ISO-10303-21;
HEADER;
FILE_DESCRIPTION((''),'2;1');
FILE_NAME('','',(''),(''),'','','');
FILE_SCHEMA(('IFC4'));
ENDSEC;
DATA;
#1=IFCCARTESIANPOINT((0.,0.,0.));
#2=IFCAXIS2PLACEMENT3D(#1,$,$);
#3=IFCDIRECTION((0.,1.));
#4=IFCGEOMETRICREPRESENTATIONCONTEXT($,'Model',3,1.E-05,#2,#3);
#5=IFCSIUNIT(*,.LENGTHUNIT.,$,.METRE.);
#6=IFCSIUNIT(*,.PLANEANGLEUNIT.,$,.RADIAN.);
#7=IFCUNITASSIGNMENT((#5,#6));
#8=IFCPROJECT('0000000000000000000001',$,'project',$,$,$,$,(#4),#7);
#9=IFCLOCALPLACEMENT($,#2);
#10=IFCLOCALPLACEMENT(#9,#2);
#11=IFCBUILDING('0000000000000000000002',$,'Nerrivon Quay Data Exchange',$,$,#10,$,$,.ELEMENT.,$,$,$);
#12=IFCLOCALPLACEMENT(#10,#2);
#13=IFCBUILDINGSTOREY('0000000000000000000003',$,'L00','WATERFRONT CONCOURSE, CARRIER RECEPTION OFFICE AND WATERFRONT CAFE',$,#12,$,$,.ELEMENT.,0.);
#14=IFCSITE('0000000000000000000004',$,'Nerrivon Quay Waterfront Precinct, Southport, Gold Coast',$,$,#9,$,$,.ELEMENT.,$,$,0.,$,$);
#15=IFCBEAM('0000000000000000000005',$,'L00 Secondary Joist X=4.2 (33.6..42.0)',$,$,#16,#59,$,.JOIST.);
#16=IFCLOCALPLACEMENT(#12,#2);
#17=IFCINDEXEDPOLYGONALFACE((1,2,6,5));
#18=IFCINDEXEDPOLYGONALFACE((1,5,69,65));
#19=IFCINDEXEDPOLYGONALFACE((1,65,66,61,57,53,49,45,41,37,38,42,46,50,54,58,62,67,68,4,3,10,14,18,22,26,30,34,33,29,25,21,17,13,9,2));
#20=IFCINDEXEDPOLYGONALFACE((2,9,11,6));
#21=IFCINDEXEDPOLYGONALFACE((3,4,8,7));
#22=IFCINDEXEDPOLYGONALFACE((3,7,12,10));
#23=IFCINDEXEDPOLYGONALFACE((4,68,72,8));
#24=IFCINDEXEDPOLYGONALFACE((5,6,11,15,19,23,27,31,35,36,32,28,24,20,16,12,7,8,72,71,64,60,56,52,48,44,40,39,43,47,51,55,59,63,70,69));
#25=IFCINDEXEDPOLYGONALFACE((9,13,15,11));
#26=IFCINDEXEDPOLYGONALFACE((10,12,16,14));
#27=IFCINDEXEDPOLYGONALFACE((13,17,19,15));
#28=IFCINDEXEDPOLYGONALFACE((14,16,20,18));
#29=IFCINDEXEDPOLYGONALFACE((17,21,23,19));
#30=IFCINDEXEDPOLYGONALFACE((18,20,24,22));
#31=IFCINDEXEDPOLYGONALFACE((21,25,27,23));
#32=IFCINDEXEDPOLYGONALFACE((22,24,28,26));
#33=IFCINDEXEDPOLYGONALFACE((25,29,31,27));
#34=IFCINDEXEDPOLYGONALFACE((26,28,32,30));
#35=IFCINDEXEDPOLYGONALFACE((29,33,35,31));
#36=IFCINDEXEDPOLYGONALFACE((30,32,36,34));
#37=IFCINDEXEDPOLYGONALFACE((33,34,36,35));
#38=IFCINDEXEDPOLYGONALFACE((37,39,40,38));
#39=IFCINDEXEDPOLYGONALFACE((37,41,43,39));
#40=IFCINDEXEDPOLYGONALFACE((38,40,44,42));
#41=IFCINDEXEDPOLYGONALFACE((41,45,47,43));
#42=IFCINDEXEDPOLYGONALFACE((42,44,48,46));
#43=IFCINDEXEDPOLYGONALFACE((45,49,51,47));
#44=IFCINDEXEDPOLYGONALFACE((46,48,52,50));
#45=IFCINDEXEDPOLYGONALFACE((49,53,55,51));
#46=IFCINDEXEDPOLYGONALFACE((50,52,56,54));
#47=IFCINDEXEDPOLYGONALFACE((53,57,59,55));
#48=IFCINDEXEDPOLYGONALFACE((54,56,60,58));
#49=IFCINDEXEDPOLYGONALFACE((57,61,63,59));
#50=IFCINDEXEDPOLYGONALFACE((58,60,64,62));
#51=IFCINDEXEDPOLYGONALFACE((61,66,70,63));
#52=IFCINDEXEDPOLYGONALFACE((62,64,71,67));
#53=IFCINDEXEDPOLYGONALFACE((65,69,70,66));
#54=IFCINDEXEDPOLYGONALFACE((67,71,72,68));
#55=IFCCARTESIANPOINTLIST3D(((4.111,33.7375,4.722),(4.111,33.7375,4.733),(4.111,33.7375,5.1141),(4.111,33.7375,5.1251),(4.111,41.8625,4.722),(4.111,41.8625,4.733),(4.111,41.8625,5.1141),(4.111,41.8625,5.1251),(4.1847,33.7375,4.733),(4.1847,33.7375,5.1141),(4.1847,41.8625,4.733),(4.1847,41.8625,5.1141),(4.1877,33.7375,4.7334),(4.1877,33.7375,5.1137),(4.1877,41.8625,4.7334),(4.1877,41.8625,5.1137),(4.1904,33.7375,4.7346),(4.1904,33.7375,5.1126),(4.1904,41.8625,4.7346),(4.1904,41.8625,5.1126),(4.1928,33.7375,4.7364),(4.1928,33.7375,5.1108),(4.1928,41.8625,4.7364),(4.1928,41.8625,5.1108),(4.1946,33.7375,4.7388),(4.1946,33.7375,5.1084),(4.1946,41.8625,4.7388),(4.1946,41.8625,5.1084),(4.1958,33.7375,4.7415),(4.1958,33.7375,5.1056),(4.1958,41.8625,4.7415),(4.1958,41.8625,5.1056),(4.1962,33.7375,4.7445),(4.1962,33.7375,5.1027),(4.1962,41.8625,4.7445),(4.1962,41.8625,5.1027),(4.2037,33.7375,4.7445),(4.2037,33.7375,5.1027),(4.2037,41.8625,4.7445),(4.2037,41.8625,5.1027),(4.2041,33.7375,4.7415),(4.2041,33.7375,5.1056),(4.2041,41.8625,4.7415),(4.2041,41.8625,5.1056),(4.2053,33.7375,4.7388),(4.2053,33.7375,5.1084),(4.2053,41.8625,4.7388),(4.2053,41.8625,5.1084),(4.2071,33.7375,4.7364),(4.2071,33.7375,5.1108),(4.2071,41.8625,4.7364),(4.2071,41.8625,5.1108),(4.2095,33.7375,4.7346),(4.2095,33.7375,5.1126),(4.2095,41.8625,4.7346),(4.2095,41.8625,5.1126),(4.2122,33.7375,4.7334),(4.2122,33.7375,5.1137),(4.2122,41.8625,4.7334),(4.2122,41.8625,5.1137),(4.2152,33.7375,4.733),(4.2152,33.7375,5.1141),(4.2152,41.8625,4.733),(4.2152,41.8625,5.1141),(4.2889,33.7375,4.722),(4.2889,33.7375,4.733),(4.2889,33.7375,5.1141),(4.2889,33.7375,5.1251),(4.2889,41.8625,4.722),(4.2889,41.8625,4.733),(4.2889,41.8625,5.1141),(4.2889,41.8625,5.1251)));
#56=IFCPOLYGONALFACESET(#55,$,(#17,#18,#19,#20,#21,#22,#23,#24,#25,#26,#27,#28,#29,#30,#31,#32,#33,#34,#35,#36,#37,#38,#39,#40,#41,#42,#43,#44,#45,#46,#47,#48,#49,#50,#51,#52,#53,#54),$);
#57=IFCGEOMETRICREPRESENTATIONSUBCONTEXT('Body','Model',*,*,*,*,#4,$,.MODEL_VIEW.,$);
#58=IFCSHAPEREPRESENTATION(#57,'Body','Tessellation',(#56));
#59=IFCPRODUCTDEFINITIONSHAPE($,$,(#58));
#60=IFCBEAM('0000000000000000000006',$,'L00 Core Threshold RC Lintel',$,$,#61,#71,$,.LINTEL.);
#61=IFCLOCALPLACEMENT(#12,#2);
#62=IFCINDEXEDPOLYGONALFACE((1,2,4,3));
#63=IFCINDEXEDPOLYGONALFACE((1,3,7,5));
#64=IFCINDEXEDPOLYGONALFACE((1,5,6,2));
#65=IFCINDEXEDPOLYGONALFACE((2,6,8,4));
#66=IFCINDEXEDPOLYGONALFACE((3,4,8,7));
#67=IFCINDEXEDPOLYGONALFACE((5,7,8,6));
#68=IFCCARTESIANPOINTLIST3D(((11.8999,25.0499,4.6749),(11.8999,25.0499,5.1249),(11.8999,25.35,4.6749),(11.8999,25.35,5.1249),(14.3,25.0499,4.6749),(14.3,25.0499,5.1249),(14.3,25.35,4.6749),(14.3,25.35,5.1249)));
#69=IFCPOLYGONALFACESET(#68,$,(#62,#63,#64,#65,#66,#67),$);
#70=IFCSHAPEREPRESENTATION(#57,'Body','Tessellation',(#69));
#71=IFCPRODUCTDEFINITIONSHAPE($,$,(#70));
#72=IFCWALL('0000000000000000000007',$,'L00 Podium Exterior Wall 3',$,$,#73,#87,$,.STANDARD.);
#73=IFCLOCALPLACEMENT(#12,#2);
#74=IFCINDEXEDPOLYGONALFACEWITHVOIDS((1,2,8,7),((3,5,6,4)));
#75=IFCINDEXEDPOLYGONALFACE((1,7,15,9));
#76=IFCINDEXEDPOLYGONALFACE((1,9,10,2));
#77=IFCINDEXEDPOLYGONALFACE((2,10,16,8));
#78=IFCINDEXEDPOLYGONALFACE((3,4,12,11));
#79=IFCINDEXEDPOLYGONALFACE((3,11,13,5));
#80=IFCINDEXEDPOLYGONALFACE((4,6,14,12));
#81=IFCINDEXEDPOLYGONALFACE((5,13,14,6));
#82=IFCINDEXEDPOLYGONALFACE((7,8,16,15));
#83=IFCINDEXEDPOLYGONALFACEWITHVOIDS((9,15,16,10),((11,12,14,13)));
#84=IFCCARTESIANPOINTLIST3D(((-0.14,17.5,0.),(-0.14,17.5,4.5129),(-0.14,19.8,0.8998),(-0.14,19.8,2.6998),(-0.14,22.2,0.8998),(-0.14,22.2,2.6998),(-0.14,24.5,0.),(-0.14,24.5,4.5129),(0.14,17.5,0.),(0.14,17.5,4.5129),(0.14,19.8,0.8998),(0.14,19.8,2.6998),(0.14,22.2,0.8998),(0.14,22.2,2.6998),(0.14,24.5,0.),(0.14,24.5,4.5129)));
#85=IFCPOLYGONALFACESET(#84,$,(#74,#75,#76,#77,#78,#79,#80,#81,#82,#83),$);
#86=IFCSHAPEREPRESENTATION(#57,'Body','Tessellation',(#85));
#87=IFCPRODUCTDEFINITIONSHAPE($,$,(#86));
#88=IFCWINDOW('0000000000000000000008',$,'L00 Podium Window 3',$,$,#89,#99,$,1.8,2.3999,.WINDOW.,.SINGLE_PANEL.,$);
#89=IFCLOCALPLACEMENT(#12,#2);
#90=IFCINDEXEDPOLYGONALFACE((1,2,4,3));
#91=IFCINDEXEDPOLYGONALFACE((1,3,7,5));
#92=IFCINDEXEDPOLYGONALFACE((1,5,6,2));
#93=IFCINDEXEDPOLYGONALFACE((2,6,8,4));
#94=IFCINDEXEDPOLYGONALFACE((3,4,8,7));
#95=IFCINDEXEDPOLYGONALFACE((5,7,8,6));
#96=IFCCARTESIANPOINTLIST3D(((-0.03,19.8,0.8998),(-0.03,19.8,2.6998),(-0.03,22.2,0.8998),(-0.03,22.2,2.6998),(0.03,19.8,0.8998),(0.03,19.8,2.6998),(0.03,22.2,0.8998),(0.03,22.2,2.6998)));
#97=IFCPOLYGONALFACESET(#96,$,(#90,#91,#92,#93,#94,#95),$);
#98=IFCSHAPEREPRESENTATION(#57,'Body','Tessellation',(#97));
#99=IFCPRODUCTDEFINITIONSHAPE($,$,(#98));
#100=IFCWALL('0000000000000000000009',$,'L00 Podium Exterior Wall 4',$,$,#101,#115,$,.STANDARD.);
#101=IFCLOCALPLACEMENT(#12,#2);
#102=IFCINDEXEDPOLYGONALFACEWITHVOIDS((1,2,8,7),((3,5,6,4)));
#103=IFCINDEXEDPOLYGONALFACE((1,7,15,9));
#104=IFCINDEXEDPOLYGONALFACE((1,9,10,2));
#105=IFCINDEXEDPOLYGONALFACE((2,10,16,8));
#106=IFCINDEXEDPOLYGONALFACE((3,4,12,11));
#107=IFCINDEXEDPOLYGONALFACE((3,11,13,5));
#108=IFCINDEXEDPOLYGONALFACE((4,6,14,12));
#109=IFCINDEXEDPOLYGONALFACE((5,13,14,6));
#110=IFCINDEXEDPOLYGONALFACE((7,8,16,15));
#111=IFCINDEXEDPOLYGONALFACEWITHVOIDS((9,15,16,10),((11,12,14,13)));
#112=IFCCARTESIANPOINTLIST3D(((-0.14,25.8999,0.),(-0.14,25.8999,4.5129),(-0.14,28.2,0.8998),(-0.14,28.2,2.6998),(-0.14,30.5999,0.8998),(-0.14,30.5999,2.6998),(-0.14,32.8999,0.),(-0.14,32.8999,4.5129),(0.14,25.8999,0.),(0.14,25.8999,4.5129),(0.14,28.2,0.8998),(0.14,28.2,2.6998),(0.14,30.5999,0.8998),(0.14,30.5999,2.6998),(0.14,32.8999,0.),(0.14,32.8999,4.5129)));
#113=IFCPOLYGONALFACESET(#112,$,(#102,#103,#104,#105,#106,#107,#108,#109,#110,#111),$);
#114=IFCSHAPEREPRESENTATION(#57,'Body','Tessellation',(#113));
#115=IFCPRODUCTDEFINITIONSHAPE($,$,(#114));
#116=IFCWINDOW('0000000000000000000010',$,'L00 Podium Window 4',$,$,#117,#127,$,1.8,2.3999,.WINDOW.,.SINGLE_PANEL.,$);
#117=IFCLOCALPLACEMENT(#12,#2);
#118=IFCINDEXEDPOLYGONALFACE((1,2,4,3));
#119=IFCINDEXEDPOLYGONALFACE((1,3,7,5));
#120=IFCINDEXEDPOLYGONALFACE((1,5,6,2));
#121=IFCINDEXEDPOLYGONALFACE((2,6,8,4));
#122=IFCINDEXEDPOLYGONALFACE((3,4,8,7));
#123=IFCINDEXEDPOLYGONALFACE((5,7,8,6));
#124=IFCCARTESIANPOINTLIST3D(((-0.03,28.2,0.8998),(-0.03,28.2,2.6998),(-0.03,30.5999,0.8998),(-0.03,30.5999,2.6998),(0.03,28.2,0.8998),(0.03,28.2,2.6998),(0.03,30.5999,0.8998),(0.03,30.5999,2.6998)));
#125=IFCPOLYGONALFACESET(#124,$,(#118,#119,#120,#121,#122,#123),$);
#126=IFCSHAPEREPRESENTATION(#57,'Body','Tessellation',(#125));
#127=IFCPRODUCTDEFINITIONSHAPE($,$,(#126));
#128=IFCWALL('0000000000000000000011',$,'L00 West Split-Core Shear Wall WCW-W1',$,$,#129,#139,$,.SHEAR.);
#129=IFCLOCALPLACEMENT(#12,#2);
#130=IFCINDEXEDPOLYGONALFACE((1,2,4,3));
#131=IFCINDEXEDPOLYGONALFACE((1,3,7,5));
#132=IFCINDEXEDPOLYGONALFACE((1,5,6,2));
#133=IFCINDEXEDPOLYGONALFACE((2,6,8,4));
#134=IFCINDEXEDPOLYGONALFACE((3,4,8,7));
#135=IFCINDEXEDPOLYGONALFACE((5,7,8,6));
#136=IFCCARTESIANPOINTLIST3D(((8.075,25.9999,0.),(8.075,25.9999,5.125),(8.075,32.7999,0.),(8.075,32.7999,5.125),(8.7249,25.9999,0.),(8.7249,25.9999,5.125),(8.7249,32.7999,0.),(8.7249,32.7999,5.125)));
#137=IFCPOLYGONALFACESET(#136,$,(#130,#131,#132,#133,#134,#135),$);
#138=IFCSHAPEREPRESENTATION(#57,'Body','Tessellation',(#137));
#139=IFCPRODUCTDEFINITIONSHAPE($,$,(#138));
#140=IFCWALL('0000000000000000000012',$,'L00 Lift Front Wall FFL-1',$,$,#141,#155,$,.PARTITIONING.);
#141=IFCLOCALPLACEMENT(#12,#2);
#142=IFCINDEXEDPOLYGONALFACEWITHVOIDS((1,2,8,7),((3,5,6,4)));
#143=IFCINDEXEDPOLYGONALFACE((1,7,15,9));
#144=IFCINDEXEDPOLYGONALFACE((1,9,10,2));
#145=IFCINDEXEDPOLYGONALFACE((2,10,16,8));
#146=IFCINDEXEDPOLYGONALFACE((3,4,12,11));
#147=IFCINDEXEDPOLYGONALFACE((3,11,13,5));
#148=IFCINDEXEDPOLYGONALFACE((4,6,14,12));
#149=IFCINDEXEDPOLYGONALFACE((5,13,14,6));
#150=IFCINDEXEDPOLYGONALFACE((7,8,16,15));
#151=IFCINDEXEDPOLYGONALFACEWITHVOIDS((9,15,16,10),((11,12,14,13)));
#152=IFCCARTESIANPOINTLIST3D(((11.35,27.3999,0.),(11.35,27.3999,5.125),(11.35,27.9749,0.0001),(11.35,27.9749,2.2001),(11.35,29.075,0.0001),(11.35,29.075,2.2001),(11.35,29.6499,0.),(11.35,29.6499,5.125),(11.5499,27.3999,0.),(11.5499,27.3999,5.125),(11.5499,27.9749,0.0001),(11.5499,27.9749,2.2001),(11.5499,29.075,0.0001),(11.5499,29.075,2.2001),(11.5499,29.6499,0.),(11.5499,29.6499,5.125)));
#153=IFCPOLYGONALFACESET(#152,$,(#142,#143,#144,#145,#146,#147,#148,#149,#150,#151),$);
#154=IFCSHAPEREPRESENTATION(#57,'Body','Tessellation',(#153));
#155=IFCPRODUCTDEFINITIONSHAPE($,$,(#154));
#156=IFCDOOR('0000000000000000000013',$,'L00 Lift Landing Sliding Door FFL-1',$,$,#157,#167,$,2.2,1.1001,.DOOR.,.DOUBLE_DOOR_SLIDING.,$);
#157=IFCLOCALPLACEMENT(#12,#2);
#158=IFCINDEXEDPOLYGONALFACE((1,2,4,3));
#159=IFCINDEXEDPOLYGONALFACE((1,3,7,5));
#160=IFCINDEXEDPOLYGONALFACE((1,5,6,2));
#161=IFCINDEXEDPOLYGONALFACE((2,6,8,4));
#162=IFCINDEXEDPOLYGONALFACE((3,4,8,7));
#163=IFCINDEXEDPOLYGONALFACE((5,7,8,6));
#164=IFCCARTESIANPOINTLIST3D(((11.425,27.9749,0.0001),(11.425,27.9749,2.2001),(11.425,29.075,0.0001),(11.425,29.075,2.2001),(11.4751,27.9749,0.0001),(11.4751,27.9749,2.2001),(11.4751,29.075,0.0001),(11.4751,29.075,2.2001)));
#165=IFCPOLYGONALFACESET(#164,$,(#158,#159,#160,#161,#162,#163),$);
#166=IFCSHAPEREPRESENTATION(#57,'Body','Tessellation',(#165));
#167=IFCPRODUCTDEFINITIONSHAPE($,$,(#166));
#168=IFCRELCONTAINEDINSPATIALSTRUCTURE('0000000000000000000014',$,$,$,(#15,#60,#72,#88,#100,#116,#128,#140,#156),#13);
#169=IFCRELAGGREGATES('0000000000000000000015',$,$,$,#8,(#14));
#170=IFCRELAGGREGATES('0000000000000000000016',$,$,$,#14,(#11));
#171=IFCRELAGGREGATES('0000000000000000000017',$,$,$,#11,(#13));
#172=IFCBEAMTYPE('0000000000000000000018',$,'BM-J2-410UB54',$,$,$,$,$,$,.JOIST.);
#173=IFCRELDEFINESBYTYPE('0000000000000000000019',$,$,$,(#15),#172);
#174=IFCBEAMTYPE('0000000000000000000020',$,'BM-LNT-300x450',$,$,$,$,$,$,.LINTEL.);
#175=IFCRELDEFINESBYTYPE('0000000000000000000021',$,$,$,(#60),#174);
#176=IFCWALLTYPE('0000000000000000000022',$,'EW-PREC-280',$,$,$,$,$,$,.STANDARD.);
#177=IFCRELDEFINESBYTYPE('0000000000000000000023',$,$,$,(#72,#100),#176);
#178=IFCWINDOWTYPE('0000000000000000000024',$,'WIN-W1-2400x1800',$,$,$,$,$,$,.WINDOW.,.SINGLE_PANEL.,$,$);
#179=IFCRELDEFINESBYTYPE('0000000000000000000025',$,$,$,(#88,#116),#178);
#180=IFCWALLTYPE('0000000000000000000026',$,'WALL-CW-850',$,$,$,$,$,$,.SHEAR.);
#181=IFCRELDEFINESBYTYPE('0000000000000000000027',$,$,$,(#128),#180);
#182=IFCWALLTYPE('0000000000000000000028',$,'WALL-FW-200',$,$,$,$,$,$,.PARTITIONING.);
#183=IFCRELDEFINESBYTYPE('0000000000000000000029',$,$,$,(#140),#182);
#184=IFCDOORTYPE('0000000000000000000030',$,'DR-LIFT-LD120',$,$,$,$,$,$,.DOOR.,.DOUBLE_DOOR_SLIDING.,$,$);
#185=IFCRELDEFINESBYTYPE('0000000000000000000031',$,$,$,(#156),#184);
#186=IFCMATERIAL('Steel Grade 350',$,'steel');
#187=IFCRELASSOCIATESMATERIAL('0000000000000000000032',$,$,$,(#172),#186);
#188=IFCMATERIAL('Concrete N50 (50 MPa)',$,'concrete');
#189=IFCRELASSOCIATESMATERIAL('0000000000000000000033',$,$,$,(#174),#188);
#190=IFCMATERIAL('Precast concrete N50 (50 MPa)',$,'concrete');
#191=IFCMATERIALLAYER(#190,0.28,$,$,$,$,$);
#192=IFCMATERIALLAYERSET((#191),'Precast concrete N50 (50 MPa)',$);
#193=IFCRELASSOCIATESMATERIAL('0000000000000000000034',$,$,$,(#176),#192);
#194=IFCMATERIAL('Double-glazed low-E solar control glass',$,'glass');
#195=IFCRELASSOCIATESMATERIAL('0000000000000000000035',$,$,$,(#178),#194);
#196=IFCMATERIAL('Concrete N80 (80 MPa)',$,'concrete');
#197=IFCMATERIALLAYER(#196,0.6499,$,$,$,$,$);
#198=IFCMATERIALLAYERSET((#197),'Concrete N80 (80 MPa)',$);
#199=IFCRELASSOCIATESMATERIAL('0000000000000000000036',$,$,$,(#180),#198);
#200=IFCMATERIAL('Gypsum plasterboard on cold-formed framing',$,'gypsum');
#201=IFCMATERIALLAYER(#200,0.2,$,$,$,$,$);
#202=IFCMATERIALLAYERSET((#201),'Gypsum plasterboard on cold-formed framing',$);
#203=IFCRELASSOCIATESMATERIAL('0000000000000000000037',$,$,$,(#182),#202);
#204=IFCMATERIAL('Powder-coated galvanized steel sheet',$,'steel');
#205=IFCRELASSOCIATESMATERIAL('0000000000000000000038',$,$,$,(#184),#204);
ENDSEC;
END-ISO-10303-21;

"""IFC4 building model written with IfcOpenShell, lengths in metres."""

from ifc_helpers import new_model, si_unit, direction, frame, frame_2d, origin, origin_2d, place, context, subcontext, project, spatial, rectangle, i_section, extrude, material, layer, layer_set, material_profile, profile_set, type_object, element, fill, save


model = new_model("IFC4")

# Units and contexts
model_context = context("Model", 3, precision=1e-05, world=origin(), true_north=direction((0.0, 1.0)))
body_context = subcontext(model_context, "Body", "Model", "MODEL_VIEW")
ifc_project = project(units=[si_unit("LENGTHUNIT", "METRE"), si_unit("PLANEANGLEUNIT", "RADIAN")], contexts=[model_context])

# Site, building, storey
site_placement = place(None, origin())
site = spatial("IfcSite", under=ifc_project, at=site_placement, Name="Nerrivon Quay Waterfront Precinct, Southport, Gold Coast", CompositionType="ELEMENT", RefElevation=0.0)
building_placement = place(site_placement, origin())
building = spatial("IfcBuilding", under=site, at=building_placement, Name="Nerrivon Quay Data Exchange", CompositionType="ELEMENT")
storey_placement = place(building_placement, origin())
storey = spatial("IfcBuildingStorey", under=building, at=storey_placement, Name="L00", Description="WATERFRONT CONCOURSE, CARRIER RECEPTION OFFICE AND WATERFRONT CAFE", CompositionType="ELEMENT", Elevation=0.0)

# Shared definitions
ifc_material_1 = material(Name="Concrete N80 (80 MPa)", Category="concrete")

# Beams
ifc_material_2 = material(Name="Steel Grade 350", Category="steel")
ifc_material_profile_1 = material_profile(ifc_material_2, i_section(OverallWidth=0.178, OverallDepth=0.4031, WebThickness=0.0076, FlangeThickness=0.011, FilletRadius=0.0115, at=origin_2d()), Name="410UB53.7")
ifc_profile_set_1 = profile_set([ifc_material_profile_1], Name="Steel Grade 350")
beam_type_1 = type_object("IfcBeamType", Name="BM-J2-410UB54", PredefinedType="JOIST", material=ifc_profile_set_1)
for number, where, z_axis, x_axis, name in (
    (1, (4.2, 33.7375, 4.9236), (0.0, 1.0, 0.0), (-1.0, 0.0, 0.0), "L00 Secondary Joist X=4.2 (33.6..42.0)"),
):
    element("IfcBeam", number, at=place(storey_placement, frame(where, z_axis=z_axis, x_axis=x_axis)), inside=storey, type_object=beam_type_1, Name=name, PredefinedType="JOIST", context=body_context, shape_type="SweptSolid", body=[
        extrude(i_section(OverallWidth=0.178, OverallDepth=0.4031, WebThickness=0.0076, FlangeThickness=0.011, FilletRadius=0.0115, at=origin_2d()), origin(), (0.0, 0.0, 1.0), 8.125),
    ])
ifc_material_3 = material(Name="Concrete N50 (50 MPa)", Category="concrete")
ifc_material_profile_2 = material_profile(ifc_material_3, rectangle(XDim=0.3, YDim=0.45, at=origin_2d()), Name="RC-LNT-300x450")
ifc_profile_set_2 = profile_set([ifc_material_profile_2], Name="Concrete N50 (50 MPa)")
beam_type_2 = type_object("IfcBeamType", Name="BM-LNT-300x450", PredefinedType="LINTEL", material=ifc_profile_set_2)
beam_1_placement = place(storey_placement, frame((11.8999, 25.2, 4.8999), z_axis=(1.0, 0.0, 0.0), x_axis=(0.0, 1.0, 0.0)))
element("IfcBeam", 2, at=beam_1_placement, inside=storey, type_object=beam_type_2, Name="L00 Core Threshold RC Lintel", PredefinedType="LINTEL", context=body_context, shape_type="SweptSolid", body=[
    extrude(rectangle(XDim=0.3, YDim=0.45, at=origin_2d()), origin(), (0.0, 0.0, 1.0), 2.4001),
])

# Walls, openings, windows
ifc_material_4 = material(Name="Precast concrete N50 (50 MPa)", Category="concrete")
ifc_layer_1 = layer(ifc_material_4, 0.28)
ifc_layer_set_1 = layer_set([ifc_layer_1], Name="Precast concrete N50 (50 MPa)")
wall_type_1 = type_object("IfcWallType", Name="EW-PREC-280", PredefinedType="STANDARD", material=ifc_layer_set_1)
wall_1_placement = place(storey_placement, frame((0.0, 17.5, 0.0), z_axis=(0.0, 0.0, 1.0), x_axis=(0.0, 1.0, 0.0)))
wall_1 = element("IfcWall", 3, at=wall_1_placement, inside=storey, type_object=wall_type_1, Name="L00 Podium Exterior Wall 3", PredefinedType="STANDARD", context=body_context, shape_type="SweptSolid", body=[
    extrude(rectangle(XDim=7.0, YDim=0.28, at=frame_2d((3.5, 0.0))), origin(), (0.0, 0.0, 1.0), 4.5129),
])
opening_1_placement = place(wall_1_placement, frame((2.3, 0.0, 0.8999)))
opening_1 = element("IfcOpeningElement", 4, at=opening_1_placement, cuts=wall_1, PredefinedType="OPENING", context=body_context, shape_type="SweptSolid", body=[
    extrude(rectangle(XDim=2.3999, YDim=1.8, at=frame_2d((1.2, 0.8999))), frame((0.0, 0.1499, 0.0), z_axis=(0.0, -1.0, 0.0), x_axis=(1.0, 0.0, 0.0)), (0.0, 0.0, 1.0), 0.3),
])
ifc_material_5 = material(Name="Double-glazed low-E solar control glass", Category="glass")
window_type = type_object("IfcWindowType", Name="WIN-W1-2400x1800", PartitioningType="SINGLE_PANEL", PredefinedType="WINDOW", material=ifc_material_5)
window_1_placement = place(opening_1_placement, origin())
window_1 = element("IfcWindow", 5, at=window_1_placement, inside=storey, type_object=window_type, Name="L00 Podium Window 3", OverallHeight=1.8, OverallWidth=2.3999, PartitioningType="SINGLE_PANEL", PredefinedType="WINDOW", context=body_context, shape_type="SweptSolid", body=[
    extrude(rectangle(XDim=2.3999, YDim=1.8, at=frame_2d((1.2, 0.8999))), frame((0.0, 0.03, 0.0), z_axis=(0.0, -1.0, 0.0), x_axis=(1.0, 0.0, 0.0)), (0.0, 0.0, 1.0), 0.0601),
])
fill(opening_1, window_1)
wall_2_placement = place(storey_placement, frame((0.0, 25.8999, 0.0), z_axis=(0.0, 0.0, 1.0), x_axis=(0.0, 1.0, 0.0)))
wall_2 = element("IfcWall", 6, at=wall_2_placement, inside=storey, type_object=wall_type_1, Name="L00 Podium Exterior Wall 4", PredefinedType="STANDARD", context=body_context, shape_type="SweptSolid", body=[
    extrude(rectangle(XDim=7.0, YDim=0.28, at=frame_2d((3.5, 0.0))), origin(), (0.0, 0.0, 1.0), 4.5129),
])
opening_2_placement = place(wall_2_placement, frame((2.3, 0.0, 0.8999)))
opening_2 = element("IfcOpeningElement", 7, at=opening_2_placement, cuts=wall_2, PredefinedType="OPENING", context=body_context, shape_type="SweptSolid", body=[
    extrude(rectangle(XDim=2.3999, YDim=1.8, at=frame_2d((1.2, 0.8999))), frame((0.0, 0.1499, 0.0), z_axis=(0.0, -1.0, 0.0), x_axis=(1.0, 0.0, 0.0)), (0.0, 0.0, 1.0), 0.3),
])
window_2_placement = place(opening_2_placement, origin())
window_2 = element("IfcWindow", 8, at=window_2_placement, inside=storey, type_object=window_type, Name="L00 Podium Window 4", OverallHeight=1.8, OverallWidth=2.3999, PartitioningType="SINGLE_PANEL", PredefinedType="WINDOW", context=body_context, shape_type="SweptSolid", body=[
    extrude(rectangle(XDim=2.3999, YDim=1.8, at=frame_2d((1.2, 0.8999))), frame((0.0, 0.03, 0.0), z_axis=(0.0, -1.0, 0.0), x_axis=(1.0, 0.0, 0.0)), (0.0, 0.0, 1.0), 0.0601),
])
fill(opening_2, window_2)

# Wall
ifc_layer_2 = layer(ifc_material_1, 0.6499)
ifc_layer_set_2 = layer_set([ifc_layer_2], Name="Concrete N80 (80 MPa)")
wall_type_2 = type_object("IfcWallType", Name="WALL-CW-850", PredefinedType="SHEAR", material=ifc_layer_set_2)
wall_3_placement = place(storey_placement, frame((8.3999, 26.0, 0.0), z_axis=(0.0, 0.0, 1.0), x_axis=(0.0, 1.0, 0.0)))
element("IfcWall", 9, at=wall_3_placement, inside=storey, type_object=wall_type_2, Name="L00 West Split-Core Shear Wall WCW-W1", PredefinedType="SHEAR", context=body_context, shape_type="SweptSolid", body=[
    extrude(rectangle(XDim=6.8, YDim=0.6499, at=frame_2d((3.3999, 0.0))), origin(), (0.0, 0.0, 1.0), 5.125),
])

# Wall, opening, door
ifc_material_6 = material(Name="Powder-coated galvanized steel sheet", Category="steel")
ifc_material_7 = material(Name="Gypsum plasterboard on cold-formed framing", Category="gypsum")
ifc_layer_3 = layer(ifc_material_7, 0.2)
ifc_layer_set_3 = layer_set([ifc_layer_3], Name="Gypsum plasterboard on cold-formed framing")
wall_type_3 = type_object("IfcWallType", Name="WALL-FW-200", PredefinedType="PARTITIONING", material=ifc_layer_set_3)
wall_4_placement = place(storey_placement, frame((11.45, 27.3999, 0.0), z_axis=(0.0, 0.0, 1.0), x_axis=(0.0, 1.0, 0.0)))
wall_4 = element("IfcWall", 10, at=wall_4_placement, inside=storey, type_object=wall_type_3, Name="L00 Lift Front Wall FFL-1", PredefinedType="PARTITIONING", context=body_context, shape_type="SweptSolid", body=[
    extrude(rectangle(XDim=2.25, YDim=0.2, at=frame_2d((1.125, 0.0))), origin(), (0.0, 0.0, 1.0), 5.125),
])
opening_3_placement = place(wall_4_placement, frame((0.575, 0.0, 0.0)))
opening_3 = element("IfcOpeningElement", 11, at=opening_3_placement, cuts=wall_4, PredefinedType="OPENING", context=body_context, shape_type="SweptSolid", body=[
    extrude(rectangle(XDim=1.1001, YDim=2.2, at=frame_2d((0.55, 1.1001))), frame((0.0, 0.1099, 0.0), z_axis=(0.0, -1.0, 0.0), x_axis=(1.0, 0.0, 0.0)), (0.0, 0.0, 1.0), 0.22),
])
door_type_1 = type_object("IfcDoorType", Name="DR-LIFT-LD120", OperationType="DOUBLE_DOOR_SLIDING", PredefinedType="DOOR", material=ifc_material_6)
door_1_placement = place(opening_3_placement, origin())
door_1 = element("IfcDoor", 12, at=door_1_placement, inside=storey, type_object=door_type_1, Name="L00 Lift Landing Sliding Door FFL-1", OperationType="DOUBLE_DOOR_SLIDING", OverallHeight=2.2, OverallWidth=1.1001, PredefinedType="DOOR", context=body_context, shape_type="SweptSolid", body=[
    extrude(rectangle(XDim=1.1001, YDim=2.2, at=frame_2d((0.55, 1.1001))), frame((0.0, 0.0249, 0.0), z_axis=(0.0, -1.0, 0.0), x_axis=(1.0, 0.0, 0.0)), (0.0, 0.0, 1.0), 0.05),
])
fill(opening_3, door_1)

save(model, "model.ifc")
